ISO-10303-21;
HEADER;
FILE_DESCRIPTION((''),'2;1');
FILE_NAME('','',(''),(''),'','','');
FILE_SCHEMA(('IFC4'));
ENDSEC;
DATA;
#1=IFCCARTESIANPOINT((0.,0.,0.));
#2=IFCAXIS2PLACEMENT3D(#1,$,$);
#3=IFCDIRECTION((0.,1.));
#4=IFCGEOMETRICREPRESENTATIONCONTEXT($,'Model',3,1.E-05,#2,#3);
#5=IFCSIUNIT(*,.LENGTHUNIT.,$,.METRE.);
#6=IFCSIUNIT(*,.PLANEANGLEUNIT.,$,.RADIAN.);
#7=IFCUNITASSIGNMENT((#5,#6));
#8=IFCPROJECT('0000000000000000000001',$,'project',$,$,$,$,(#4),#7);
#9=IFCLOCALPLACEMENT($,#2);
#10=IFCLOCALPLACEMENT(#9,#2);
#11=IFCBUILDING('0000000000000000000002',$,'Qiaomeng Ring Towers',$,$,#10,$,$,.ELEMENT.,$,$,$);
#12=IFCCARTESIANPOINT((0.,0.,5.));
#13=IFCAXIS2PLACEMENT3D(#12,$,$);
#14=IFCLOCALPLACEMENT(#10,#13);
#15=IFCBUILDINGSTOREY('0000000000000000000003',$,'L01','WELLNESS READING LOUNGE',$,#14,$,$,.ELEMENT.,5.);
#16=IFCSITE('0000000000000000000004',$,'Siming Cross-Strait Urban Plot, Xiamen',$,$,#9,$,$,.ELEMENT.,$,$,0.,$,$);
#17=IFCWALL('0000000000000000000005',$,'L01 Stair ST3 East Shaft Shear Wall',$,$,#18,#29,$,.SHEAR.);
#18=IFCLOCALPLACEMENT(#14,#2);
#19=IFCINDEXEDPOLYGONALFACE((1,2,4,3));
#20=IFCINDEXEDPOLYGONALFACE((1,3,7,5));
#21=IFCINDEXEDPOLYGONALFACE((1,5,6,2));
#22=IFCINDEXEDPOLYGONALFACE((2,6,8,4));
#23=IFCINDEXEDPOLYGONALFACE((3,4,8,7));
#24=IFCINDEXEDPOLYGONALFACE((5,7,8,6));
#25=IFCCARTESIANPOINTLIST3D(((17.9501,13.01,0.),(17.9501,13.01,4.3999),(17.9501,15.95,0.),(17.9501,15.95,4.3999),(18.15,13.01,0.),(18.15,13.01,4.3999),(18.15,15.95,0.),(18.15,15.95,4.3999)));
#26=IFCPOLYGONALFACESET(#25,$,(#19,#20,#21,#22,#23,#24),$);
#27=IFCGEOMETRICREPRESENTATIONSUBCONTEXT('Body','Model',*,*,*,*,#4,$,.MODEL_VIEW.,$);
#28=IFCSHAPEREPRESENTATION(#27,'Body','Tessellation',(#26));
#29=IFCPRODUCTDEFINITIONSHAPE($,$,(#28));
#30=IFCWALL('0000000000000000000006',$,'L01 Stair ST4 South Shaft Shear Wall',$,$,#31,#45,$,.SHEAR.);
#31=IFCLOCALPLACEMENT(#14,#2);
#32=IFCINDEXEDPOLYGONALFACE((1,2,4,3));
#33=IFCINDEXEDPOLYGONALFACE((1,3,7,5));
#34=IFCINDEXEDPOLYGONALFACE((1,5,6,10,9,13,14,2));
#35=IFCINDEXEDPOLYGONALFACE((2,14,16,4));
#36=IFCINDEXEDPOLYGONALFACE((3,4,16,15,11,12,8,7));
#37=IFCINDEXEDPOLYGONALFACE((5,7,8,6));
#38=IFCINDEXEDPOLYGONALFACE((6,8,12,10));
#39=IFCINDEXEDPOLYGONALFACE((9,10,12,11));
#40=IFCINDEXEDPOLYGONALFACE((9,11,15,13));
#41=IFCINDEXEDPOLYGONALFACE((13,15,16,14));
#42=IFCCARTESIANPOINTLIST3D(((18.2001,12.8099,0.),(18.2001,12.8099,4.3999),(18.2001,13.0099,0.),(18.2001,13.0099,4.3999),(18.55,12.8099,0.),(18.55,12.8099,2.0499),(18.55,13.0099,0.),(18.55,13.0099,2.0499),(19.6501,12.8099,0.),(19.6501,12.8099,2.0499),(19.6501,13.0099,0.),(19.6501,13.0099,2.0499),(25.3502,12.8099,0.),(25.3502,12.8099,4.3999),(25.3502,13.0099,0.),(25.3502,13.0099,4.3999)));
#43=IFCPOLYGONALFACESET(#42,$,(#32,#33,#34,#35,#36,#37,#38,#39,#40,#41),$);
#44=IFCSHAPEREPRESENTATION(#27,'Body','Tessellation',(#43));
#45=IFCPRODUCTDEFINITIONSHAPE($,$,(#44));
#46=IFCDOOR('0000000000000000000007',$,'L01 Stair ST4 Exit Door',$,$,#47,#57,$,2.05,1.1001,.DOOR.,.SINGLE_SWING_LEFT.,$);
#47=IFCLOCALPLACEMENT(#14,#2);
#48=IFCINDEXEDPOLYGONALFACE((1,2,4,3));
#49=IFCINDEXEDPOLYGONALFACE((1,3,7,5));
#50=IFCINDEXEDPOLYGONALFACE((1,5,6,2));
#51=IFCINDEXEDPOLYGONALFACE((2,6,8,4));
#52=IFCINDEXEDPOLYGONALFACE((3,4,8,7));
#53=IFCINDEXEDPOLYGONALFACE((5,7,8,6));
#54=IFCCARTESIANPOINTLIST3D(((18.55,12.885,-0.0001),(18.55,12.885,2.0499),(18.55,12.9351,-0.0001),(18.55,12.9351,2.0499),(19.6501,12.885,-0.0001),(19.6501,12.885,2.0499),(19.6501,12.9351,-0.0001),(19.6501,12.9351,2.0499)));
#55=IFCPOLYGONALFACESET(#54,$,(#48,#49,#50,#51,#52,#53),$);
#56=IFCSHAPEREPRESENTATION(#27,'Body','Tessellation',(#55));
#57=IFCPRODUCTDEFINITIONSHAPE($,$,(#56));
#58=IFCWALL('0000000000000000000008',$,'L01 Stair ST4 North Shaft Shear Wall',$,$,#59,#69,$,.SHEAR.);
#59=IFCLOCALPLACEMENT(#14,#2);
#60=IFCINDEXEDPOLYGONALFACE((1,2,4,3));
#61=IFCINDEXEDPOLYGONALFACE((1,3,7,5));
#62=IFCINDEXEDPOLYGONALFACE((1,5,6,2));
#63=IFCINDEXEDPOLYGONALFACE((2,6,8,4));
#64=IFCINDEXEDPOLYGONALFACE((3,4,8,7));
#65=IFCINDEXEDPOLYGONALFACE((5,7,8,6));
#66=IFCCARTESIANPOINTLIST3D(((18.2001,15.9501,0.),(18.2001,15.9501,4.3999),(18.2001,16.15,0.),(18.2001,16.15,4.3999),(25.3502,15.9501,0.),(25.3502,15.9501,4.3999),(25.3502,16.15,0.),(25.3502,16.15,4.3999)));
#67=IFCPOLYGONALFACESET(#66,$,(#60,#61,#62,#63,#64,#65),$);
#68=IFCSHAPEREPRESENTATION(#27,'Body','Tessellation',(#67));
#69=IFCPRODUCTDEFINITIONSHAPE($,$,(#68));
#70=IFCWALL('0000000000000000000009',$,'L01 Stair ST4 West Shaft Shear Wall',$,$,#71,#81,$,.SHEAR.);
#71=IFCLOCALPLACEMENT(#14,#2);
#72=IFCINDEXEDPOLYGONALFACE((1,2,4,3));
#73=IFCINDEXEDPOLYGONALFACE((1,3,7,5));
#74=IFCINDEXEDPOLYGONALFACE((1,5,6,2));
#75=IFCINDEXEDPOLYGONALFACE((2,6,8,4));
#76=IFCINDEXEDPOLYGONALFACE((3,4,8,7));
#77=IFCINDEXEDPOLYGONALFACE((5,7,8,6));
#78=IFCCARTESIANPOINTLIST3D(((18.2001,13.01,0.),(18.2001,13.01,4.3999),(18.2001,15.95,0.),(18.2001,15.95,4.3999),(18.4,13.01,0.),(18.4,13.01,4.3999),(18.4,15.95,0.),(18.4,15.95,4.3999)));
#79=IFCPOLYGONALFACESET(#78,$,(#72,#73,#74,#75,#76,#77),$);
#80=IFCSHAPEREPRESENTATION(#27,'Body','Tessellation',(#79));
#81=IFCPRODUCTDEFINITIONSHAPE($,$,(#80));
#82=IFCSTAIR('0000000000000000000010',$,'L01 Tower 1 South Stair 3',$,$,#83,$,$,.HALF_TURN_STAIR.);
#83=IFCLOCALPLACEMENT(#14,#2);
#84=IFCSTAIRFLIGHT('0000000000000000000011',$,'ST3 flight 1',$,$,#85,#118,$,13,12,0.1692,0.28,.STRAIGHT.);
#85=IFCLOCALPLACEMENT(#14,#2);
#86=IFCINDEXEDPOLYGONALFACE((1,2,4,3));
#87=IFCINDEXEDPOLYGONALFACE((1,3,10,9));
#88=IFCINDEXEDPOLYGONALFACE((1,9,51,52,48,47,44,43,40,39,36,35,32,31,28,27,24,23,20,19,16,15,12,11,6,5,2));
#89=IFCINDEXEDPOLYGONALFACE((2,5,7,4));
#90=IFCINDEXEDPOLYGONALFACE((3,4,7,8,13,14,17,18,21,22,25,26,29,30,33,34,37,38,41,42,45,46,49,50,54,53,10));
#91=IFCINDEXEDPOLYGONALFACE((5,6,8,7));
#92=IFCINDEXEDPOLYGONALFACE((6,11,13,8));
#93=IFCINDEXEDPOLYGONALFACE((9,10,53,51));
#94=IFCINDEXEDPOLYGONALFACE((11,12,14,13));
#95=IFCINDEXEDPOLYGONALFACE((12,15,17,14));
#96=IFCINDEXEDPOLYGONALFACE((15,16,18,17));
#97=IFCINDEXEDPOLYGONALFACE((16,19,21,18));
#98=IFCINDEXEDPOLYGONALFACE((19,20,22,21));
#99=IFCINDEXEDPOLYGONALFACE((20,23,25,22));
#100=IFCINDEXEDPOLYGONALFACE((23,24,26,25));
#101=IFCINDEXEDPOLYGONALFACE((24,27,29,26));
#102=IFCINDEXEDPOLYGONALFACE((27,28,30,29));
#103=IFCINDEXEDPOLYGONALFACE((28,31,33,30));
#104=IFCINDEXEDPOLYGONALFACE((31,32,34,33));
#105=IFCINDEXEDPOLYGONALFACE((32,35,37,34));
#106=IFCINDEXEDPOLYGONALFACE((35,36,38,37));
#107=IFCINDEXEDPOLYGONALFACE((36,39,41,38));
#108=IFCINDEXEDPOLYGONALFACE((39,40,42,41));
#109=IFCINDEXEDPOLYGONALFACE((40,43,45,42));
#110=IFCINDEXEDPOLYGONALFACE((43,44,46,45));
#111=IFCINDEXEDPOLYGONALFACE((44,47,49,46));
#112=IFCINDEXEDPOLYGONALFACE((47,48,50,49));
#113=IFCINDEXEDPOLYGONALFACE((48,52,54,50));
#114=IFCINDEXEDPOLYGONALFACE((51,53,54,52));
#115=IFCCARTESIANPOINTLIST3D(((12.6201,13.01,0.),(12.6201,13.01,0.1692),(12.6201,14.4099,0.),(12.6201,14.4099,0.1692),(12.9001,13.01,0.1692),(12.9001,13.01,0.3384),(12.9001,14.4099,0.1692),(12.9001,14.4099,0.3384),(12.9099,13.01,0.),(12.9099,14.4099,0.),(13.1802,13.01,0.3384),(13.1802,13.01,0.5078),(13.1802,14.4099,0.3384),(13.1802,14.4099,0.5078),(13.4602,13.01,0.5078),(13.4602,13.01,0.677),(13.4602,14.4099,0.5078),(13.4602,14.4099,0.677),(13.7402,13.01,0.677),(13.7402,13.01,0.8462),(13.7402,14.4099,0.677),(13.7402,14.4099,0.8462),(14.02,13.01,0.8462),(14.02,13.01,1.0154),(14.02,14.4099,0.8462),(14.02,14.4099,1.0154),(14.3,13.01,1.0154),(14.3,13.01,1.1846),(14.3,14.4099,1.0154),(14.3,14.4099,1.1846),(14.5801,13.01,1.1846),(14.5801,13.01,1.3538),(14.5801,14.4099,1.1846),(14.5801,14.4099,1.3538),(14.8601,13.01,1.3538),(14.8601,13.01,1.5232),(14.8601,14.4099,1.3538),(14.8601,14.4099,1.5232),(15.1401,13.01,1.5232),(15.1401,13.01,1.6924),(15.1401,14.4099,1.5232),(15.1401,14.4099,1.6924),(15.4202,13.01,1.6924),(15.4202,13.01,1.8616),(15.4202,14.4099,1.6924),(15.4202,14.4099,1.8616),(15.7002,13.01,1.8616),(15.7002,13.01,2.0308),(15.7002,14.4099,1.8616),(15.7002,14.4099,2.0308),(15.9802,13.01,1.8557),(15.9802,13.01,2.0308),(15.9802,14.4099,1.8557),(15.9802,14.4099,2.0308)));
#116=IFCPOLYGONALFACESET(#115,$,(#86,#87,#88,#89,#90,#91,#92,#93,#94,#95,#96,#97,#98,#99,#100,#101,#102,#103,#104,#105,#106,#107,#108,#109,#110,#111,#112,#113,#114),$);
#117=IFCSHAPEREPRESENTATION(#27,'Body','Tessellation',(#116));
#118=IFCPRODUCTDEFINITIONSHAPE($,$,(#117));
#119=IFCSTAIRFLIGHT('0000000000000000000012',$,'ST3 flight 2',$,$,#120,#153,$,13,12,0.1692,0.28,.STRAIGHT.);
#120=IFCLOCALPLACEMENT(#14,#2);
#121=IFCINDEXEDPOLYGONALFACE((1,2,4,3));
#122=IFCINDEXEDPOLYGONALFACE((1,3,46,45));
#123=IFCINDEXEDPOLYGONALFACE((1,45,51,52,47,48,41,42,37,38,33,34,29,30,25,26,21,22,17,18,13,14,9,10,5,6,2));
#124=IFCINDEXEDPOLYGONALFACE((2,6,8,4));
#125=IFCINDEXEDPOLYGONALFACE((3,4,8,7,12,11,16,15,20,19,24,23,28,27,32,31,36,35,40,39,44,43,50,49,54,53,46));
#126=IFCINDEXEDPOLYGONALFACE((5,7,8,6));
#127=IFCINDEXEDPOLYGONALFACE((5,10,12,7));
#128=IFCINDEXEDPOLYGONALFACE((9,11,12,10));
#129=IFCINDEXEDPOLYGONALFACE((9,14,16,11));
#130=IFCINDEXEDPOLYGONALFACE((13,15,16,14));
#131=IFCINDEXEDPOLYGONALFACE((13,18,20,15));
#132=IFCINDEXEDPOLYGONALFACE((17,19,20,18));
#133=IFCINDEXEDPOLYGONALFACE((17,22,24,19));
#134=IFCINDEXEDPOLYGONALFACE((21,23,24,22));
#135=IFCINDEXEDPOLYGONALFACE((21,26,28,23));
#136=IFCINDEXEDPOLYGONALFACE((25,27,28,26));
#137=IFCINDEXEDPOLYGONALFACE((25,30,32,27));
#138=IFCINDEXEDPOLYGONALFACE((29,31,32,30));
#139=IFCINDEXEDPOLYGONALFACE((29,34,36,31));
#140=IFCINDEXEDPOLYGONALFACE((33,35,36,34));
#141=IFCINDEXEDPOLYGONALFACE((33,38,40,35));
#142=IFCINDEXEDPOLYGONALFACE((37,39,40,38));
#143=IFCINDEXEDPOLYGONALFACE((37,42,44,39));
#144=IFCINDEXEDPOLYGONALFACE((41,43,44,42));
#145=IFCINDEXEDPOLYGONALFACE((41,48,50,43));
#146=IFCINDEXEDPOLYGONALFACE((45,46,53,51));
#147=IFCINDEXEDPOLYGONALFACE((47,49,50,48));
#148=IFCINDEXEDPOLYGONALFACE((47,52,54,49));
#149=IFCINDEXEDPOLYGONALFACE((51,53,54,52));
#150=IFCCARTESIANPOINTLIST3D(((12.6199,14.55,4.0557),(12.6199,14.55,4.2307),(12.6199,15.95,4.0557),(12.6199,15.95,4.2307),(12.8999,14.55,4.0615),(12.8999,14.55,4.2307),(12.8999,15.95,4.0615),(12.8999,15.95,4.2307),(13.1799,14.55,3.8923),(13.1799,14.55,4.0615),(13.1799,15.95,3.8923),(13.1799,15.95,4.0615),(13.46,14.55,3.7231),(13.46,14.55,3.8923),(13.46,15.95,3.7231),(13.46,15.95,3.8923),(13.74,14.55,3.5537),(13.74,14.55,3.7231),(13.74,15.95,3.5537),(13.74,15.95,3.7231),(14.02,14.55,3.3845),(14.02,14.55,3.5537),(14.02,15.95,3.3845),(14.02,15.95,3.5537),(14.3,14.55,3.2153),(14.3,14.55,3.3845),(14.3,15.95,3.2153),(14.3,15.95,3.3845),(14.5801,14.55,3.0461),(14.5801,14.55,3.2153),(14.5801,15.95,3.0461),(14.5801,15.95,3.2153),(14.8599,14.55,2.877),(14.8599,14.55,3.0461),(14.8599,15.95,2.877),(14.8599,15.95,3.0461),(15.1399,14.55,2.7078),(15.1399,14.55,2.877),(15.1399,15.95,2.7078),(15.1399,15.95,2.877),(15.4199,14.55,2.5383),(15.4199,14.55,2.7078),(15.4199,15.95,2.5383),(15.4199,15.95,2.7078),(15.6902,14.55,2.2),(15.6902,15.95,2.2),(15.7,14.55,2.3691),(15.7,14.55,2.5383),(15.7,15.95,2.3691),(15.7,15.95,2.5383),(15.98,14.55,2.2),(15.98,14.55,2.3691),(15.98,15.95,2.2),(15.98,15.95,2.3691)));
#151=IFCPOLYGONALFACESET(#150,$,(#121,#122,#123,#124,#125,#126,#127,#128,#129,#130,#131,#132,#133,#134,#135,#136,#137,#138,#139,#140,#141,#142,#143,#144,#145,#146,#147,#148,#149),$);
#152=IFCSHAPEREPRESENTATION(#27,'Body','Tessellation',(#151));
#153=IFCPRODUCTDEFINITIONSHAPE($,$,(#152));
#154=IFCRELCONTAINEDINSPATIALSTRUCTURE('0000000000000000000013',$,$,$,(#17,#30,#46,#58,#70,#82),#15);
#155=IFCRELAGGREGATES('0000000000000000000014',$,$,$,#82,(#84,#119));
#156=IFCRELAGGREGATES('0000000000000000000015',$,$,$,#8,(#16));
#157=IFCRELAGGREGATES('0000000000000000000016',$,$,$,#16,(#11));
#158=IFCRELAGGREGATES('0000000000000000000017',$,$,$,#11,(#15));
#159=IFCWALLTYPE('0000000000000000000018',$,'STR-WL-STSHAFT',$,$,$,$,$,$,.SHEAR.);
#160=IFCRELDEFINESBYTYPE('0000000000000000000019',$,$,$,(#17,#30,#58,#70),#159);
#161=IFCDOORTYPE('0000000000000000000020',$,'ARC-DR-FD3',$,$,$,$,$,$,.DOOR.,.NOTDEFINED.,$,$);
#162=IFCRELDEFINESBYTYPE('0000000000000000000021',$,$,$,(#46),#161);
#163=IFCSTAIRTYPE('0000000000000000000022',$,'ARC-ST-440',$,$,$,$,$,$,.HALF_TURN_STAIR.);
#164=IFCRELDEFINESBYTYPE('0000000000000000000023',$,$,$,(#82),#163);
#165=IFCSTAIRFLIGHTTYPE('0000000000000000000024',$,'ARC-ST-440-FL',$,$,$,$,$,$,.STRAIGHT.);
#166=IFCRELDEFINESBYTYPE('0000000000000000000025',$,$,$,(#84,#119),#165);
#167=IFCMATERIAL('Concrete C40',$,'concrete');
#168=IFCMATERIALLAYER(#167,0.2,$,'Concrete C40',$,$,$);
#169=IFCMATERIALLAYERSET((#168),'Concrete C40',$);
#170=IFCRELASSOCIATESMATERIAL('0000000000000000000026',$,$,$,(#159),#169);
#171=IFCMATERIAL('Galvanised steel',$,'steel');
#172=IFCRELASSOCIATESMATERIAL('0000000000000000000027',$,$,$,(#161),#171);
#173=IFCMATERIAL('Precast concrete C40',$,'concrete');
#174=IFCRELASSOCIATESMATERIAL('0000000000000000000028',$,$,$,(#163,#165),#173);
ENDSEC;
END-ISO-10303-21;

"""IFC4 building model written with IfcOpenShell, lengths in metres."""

from ifc_helpers import new_model, si_unit, direction, frame, frame_2d, origin, place, context, subcontext, project, spatial, polyline, rectangle, outline, extrude, source, transform, mapped, material, layer, layer_set, type_object, element, fill, aggregate, save


model = new_model("IFC4")

# Units and contexts
model_context = context("Model", 3, precision=1e-05, world=origin(), true_north=direction((0.0, 1.0)))
body_context = subcontext(model_context, "Body", "Model", "MODEL_VIEW")
ifc_project = project(units=[si_unit("LENGTHUNIT", "METRE"), si_unit("PLANEANGLEUNIT", "RADIAN")], contexts=[model_context])

# Site, building, storey
site_placement = place(None, origin())
site = spatial("IfcSite", under=ifc_project, at=site_placement, Name="Siming Cross-Strait Urban Plot, Xiamen", CompositionType="ELEMENT", RefElevation=0.0)
building_placement = place(site_placement, origin())
building = spatial("IfcBuilding", under=site, at=building_placement, Name="Qiaomeng Ring Towers", CompositionType="ELEMENT")
storey_placement = place(building_placement, frame((0.0, 0.0, 5.0)))
storey = spatial("IfcBuildingStorey", under=building, at=storey_placement, Name="L01", Description="WELLNESS READING LOUNGE", CompositionType="ELEMENT", Elevation=5.0)

# Shared definitions
ifc_material_1 = material(Name="Precast concrete C40", Category="concrete")

# Wall
ifc_material_2 = material(Name="Concrete C40", Category="concrete")
ifc_layer_1 = layer(ifc_material_2, 0.2, Name="Concrete C40")
ifc_layer_set_1 = layer_set([ifc_layer_1], Name="Concrete C40")
wall_type_1 = type_object("IfcWallType", Name="STR-WL-STSHAFT", PredefinedType="SHEAR", material=ifc_layer_set_1)
wall_1_placement = place(storey_placement, frame((18.05, 13.01, 0.0), z_axis=(0.0, 0.0, 1.0), x_axis=(0.0, 1.0, 0.0)))
element("IfcWall", 1, at=wall_1_placement, inside=storey, type_object=wall_type_1, Name="L01 Stair ST3 East Shaft Shear Wall", PredefinedType="SHEAR", context=body_context, shape_type="SweptSolid", body=[
    extrude(rectangle(XDim=2.9399, YDim=0.2, at=frame_2d((1.47, 0.0))), origin(), (0.0, 0.0, 1.0), 4.3999),
])

# Wall, opening, door
wall_2_placement = place(storey_placement, frame((18.2, 12.9099, 0.0), z_axis=(0.0, 0.0, 1.0), x_axis=(1.0, 0.0, 0.0)))
wall_2 = element("IfcWall", 2, at=wall_2_placement, inside=storey, type_object=wall_type_1, Name="L01 Stair ST4 South Shaft Shear Wall", PredefinedType="SHEAR", context=body_context, shape_type="SweptSolid", body=[
    extrude(rectangle(XDim=7.1501, YDim=0.2, at=frame_2d((3.5752, 0.0))), origin(), (0.0, 0.0, 1.0), 4.3999),
])
opening_1_placement = place(wall_2_placement, frame((0.3501, 0.0, 0.0)))
opening_1 = element("IfcOpeningElement", 3, at=opening_1_placement, cuts=wall_2, PredefinedType="OPENING", context=body_context, shape_type="SweptSolid", body=[
    extrude(rectangle(XDim=1.1001, YDim=2.05, at=frame_2d((0.55, 1.0249))), frame((0.0, 0.1099, 0.0), z_axis=(0.0, -1.0, 0.0), x_axis=(1.0, 0.0, 0.0)), (0.0, 0.0, 1.0), 0.22),
])
ifc_material_3 = material(Name="Galvanised steel", Category="steel")
door_type_1 = type_object("IfcDoorType", Name="ARC-DR-FD3", OperationType="NOTDEFINED", PredefinedType="DOOR", material=ifc_material_3)
shared_shape_1 = source(origin(), body_context, "Body", "SweptSolid", [
    extrude(rectangle(XDim=1.1001, YDim=2.05, at=frame_2d((0.55, 1.0249))), frame((0.0, 0.0249, 0.0), z_axis=(0.0, -1.0, 0.0), x_axis=(1.0, 0.0, 0.0)), (0.0, 0.0, 1.0), 0.05),
])
door_1_placement = place(opening_1_placement, frame((1.1001, 0.0, 0.0), z_axis=(0.0, 0.0, 1.0), x_axis=(-1.0, 0.0, 0.0)))
door_1 = element("IfcDoor", 4, at=door_1_placement, inside=storey, type_object=door_type_1, Name="L01 Stair ST4 Exit Door", OperationType="SINGLE_SWING_LEFT", OverallHeight=2.05, OverallWidth=1.1001, PredefinedType="DOOR", context=body_context, shape_type="MappedRepresentation", body=[
    mapped(shared_shape_1, transform((0.0, 0.0, 0.0), x_axis=(1.0, 0.0, 0.0), y_axis=(0.0, 1.0, 0.0), z_axis=(0.0, 0.0, 1.0), scale=1.0)),
])
fill(opening_1, door_1)

# Walls
wall_3_placement = place(storey_placement, frame((18.2, 16.05, 0.0), z_axis=(0.0, 0.0, 1.0), x_axis=(1.0, 0.0, 0.0)))
element("IfcWall", 5, at=wall_3_placement, inside=storey, type_object=wall_type_1, Name="L01 Stair ST4 North Shaft Shear Wall", PredefinedType="SHEAR", context=body_context, shape_type="SweptSolid", body=[
    extrude(rectangle(XDim=7.1501, YDim=0.2, at=frame_2d((3.5752, 0.0))), origin(), (0.0, 0.0, 1.0), 4.3999),
])
wall_4_placement = place(storey_placement, frame((18.3, 13.01, 0.0), z_axis=(0.0, 0.0, 1.0), x_axis=(0.0, 1.0, 0.0)))
element("IfcWall", 6, at=wall_4_placement, inside=storey, type_object=wall_type_1, Name="L01 Stair ST4 West Shaft Shear Wall", PredefinedType="SHEAR", context=body_context, shape_type="SweptSolid", body=[
    extrude(rectangle(XDim=2.9399, YDim=0.2, at=frame_2d((1.47, 0.0))), origin(), (0.0, 0.0, 1.0), 4.3999),
])

# Stair, stair flights
stair_type = type_object("IfcStairType", Name="ARC-ST-440", PredefinedType="HALF_TURN_STAIR", material=ifc_material_1)
stair_1_placement = place(storey_placement, origin())
stair_1 = element("IfcStair", 7, at=stair_1_placement, inside=storey, type_object=stair_type, Name="L01 Tower 1 South Stair 3", PredefinedType="HALF_TURN_STAIR")
stair_flight_type = type_object("IfcStairFlightType", Name="ARC-ST-440-FL", PredefinedType="STRAIGHT", material=ifc_material_1)
shared_shape_2 = source(origin(), body_context, "Body", "SweptSolid", [
    extrude(outline(polyline([(0.0, 0.0), (0.0, 0.1692), (0.28, 0.1692), (0.28, 0.3384), (0.5601, 0.3384), (0.5601, 0.5078), (0.8401, 0.5078), (0.8401, 0.677), (1.1201, 0.677), (1.1201, 0.8462), (1.3999, 0.8462), (1.3999, 1.0154), (1.6799, 1.0154), (1.6799, 1.1846), (1.96, 1.1846), (1.96, 1.3538), (2.24, 1.3538), (2.24, 1.5232), (2.52, 1.5232), (2.52, 1.6924), (2.8, 1.6924), (2.8, 1.8616), (3.0801, 1.8616), (3.0801, 2.0308), (3.3601, 2.0308), (3.3601, 2.2), (3.3601, 1.8557), (0.2898, 0.0), (0.0, 0.0)])), frame((0.0, 0.7, 0.0), z_axis=(0.0, -1.0, 0.0), x_axis=(1.0, 0.0, 0.0)), (0.0, 0.0, 1.0), 1.3999),
])
stair_flight_1_placement = place(storey_placement, frame((12.6201, 13.71, 0.0), z_axis=(0.0, 0.0, 1.0), x_axis=(1.0, 0.0, 0.0)))
stair_flight_1 = element("IfcStairFlight", 8, at=stair_flight_1_placement, type_object=stair_flight_type, Name="ST3 flight 1", NumberOfRisers=13, NumberOfTreads=12, PredefinedType="STRAIGHT", RiserHeight=0.1692, TreadLength=0.28, context=body_context, shape_type="MappedRepresentation", body=[
    mapped(shared_shape_2, transform((0.0, 0.0, 0.0), x_axis=(1.0, 0.0, 0.0), y_axis=(0.0, 1.0, 0.0), z_axis=(0.0, 0.0, 1.0), scale=1.0)),
])
stair_flight_2_placement = place(storey_placement, frame((15.98, 15.25, 2.2), z_axis=(0.0, 0.0, 1.0), x_axis=(-1.0, 0.0, 0.0)))
stair_flight_2 = element("IfcStairFlight", 9, at=stair_flight_2_placement, type_object=stair_flight_type, Name="ST3 flight 2", NumberOfRisers=13, NumberOfTreads=12, PredefinedType="STRAIGHT", RiserHeight=0.1692, TreadLength=0.28, context=body_context, shape_type="MappedRepresentation", body=[
    mapped(shared_shape_2, transform((0.0, 0.0, 0.0), x_axis=(1.0, 0.0, 0.0), y_axis=(0.0, 1.0, 0.0), z_axis=(0.0, 0.0, 1.0), scale=1.0)),
])
aggregate(stair_1, [stair_flight_1, stair_flight_2])

save(model, "model.ifc")
